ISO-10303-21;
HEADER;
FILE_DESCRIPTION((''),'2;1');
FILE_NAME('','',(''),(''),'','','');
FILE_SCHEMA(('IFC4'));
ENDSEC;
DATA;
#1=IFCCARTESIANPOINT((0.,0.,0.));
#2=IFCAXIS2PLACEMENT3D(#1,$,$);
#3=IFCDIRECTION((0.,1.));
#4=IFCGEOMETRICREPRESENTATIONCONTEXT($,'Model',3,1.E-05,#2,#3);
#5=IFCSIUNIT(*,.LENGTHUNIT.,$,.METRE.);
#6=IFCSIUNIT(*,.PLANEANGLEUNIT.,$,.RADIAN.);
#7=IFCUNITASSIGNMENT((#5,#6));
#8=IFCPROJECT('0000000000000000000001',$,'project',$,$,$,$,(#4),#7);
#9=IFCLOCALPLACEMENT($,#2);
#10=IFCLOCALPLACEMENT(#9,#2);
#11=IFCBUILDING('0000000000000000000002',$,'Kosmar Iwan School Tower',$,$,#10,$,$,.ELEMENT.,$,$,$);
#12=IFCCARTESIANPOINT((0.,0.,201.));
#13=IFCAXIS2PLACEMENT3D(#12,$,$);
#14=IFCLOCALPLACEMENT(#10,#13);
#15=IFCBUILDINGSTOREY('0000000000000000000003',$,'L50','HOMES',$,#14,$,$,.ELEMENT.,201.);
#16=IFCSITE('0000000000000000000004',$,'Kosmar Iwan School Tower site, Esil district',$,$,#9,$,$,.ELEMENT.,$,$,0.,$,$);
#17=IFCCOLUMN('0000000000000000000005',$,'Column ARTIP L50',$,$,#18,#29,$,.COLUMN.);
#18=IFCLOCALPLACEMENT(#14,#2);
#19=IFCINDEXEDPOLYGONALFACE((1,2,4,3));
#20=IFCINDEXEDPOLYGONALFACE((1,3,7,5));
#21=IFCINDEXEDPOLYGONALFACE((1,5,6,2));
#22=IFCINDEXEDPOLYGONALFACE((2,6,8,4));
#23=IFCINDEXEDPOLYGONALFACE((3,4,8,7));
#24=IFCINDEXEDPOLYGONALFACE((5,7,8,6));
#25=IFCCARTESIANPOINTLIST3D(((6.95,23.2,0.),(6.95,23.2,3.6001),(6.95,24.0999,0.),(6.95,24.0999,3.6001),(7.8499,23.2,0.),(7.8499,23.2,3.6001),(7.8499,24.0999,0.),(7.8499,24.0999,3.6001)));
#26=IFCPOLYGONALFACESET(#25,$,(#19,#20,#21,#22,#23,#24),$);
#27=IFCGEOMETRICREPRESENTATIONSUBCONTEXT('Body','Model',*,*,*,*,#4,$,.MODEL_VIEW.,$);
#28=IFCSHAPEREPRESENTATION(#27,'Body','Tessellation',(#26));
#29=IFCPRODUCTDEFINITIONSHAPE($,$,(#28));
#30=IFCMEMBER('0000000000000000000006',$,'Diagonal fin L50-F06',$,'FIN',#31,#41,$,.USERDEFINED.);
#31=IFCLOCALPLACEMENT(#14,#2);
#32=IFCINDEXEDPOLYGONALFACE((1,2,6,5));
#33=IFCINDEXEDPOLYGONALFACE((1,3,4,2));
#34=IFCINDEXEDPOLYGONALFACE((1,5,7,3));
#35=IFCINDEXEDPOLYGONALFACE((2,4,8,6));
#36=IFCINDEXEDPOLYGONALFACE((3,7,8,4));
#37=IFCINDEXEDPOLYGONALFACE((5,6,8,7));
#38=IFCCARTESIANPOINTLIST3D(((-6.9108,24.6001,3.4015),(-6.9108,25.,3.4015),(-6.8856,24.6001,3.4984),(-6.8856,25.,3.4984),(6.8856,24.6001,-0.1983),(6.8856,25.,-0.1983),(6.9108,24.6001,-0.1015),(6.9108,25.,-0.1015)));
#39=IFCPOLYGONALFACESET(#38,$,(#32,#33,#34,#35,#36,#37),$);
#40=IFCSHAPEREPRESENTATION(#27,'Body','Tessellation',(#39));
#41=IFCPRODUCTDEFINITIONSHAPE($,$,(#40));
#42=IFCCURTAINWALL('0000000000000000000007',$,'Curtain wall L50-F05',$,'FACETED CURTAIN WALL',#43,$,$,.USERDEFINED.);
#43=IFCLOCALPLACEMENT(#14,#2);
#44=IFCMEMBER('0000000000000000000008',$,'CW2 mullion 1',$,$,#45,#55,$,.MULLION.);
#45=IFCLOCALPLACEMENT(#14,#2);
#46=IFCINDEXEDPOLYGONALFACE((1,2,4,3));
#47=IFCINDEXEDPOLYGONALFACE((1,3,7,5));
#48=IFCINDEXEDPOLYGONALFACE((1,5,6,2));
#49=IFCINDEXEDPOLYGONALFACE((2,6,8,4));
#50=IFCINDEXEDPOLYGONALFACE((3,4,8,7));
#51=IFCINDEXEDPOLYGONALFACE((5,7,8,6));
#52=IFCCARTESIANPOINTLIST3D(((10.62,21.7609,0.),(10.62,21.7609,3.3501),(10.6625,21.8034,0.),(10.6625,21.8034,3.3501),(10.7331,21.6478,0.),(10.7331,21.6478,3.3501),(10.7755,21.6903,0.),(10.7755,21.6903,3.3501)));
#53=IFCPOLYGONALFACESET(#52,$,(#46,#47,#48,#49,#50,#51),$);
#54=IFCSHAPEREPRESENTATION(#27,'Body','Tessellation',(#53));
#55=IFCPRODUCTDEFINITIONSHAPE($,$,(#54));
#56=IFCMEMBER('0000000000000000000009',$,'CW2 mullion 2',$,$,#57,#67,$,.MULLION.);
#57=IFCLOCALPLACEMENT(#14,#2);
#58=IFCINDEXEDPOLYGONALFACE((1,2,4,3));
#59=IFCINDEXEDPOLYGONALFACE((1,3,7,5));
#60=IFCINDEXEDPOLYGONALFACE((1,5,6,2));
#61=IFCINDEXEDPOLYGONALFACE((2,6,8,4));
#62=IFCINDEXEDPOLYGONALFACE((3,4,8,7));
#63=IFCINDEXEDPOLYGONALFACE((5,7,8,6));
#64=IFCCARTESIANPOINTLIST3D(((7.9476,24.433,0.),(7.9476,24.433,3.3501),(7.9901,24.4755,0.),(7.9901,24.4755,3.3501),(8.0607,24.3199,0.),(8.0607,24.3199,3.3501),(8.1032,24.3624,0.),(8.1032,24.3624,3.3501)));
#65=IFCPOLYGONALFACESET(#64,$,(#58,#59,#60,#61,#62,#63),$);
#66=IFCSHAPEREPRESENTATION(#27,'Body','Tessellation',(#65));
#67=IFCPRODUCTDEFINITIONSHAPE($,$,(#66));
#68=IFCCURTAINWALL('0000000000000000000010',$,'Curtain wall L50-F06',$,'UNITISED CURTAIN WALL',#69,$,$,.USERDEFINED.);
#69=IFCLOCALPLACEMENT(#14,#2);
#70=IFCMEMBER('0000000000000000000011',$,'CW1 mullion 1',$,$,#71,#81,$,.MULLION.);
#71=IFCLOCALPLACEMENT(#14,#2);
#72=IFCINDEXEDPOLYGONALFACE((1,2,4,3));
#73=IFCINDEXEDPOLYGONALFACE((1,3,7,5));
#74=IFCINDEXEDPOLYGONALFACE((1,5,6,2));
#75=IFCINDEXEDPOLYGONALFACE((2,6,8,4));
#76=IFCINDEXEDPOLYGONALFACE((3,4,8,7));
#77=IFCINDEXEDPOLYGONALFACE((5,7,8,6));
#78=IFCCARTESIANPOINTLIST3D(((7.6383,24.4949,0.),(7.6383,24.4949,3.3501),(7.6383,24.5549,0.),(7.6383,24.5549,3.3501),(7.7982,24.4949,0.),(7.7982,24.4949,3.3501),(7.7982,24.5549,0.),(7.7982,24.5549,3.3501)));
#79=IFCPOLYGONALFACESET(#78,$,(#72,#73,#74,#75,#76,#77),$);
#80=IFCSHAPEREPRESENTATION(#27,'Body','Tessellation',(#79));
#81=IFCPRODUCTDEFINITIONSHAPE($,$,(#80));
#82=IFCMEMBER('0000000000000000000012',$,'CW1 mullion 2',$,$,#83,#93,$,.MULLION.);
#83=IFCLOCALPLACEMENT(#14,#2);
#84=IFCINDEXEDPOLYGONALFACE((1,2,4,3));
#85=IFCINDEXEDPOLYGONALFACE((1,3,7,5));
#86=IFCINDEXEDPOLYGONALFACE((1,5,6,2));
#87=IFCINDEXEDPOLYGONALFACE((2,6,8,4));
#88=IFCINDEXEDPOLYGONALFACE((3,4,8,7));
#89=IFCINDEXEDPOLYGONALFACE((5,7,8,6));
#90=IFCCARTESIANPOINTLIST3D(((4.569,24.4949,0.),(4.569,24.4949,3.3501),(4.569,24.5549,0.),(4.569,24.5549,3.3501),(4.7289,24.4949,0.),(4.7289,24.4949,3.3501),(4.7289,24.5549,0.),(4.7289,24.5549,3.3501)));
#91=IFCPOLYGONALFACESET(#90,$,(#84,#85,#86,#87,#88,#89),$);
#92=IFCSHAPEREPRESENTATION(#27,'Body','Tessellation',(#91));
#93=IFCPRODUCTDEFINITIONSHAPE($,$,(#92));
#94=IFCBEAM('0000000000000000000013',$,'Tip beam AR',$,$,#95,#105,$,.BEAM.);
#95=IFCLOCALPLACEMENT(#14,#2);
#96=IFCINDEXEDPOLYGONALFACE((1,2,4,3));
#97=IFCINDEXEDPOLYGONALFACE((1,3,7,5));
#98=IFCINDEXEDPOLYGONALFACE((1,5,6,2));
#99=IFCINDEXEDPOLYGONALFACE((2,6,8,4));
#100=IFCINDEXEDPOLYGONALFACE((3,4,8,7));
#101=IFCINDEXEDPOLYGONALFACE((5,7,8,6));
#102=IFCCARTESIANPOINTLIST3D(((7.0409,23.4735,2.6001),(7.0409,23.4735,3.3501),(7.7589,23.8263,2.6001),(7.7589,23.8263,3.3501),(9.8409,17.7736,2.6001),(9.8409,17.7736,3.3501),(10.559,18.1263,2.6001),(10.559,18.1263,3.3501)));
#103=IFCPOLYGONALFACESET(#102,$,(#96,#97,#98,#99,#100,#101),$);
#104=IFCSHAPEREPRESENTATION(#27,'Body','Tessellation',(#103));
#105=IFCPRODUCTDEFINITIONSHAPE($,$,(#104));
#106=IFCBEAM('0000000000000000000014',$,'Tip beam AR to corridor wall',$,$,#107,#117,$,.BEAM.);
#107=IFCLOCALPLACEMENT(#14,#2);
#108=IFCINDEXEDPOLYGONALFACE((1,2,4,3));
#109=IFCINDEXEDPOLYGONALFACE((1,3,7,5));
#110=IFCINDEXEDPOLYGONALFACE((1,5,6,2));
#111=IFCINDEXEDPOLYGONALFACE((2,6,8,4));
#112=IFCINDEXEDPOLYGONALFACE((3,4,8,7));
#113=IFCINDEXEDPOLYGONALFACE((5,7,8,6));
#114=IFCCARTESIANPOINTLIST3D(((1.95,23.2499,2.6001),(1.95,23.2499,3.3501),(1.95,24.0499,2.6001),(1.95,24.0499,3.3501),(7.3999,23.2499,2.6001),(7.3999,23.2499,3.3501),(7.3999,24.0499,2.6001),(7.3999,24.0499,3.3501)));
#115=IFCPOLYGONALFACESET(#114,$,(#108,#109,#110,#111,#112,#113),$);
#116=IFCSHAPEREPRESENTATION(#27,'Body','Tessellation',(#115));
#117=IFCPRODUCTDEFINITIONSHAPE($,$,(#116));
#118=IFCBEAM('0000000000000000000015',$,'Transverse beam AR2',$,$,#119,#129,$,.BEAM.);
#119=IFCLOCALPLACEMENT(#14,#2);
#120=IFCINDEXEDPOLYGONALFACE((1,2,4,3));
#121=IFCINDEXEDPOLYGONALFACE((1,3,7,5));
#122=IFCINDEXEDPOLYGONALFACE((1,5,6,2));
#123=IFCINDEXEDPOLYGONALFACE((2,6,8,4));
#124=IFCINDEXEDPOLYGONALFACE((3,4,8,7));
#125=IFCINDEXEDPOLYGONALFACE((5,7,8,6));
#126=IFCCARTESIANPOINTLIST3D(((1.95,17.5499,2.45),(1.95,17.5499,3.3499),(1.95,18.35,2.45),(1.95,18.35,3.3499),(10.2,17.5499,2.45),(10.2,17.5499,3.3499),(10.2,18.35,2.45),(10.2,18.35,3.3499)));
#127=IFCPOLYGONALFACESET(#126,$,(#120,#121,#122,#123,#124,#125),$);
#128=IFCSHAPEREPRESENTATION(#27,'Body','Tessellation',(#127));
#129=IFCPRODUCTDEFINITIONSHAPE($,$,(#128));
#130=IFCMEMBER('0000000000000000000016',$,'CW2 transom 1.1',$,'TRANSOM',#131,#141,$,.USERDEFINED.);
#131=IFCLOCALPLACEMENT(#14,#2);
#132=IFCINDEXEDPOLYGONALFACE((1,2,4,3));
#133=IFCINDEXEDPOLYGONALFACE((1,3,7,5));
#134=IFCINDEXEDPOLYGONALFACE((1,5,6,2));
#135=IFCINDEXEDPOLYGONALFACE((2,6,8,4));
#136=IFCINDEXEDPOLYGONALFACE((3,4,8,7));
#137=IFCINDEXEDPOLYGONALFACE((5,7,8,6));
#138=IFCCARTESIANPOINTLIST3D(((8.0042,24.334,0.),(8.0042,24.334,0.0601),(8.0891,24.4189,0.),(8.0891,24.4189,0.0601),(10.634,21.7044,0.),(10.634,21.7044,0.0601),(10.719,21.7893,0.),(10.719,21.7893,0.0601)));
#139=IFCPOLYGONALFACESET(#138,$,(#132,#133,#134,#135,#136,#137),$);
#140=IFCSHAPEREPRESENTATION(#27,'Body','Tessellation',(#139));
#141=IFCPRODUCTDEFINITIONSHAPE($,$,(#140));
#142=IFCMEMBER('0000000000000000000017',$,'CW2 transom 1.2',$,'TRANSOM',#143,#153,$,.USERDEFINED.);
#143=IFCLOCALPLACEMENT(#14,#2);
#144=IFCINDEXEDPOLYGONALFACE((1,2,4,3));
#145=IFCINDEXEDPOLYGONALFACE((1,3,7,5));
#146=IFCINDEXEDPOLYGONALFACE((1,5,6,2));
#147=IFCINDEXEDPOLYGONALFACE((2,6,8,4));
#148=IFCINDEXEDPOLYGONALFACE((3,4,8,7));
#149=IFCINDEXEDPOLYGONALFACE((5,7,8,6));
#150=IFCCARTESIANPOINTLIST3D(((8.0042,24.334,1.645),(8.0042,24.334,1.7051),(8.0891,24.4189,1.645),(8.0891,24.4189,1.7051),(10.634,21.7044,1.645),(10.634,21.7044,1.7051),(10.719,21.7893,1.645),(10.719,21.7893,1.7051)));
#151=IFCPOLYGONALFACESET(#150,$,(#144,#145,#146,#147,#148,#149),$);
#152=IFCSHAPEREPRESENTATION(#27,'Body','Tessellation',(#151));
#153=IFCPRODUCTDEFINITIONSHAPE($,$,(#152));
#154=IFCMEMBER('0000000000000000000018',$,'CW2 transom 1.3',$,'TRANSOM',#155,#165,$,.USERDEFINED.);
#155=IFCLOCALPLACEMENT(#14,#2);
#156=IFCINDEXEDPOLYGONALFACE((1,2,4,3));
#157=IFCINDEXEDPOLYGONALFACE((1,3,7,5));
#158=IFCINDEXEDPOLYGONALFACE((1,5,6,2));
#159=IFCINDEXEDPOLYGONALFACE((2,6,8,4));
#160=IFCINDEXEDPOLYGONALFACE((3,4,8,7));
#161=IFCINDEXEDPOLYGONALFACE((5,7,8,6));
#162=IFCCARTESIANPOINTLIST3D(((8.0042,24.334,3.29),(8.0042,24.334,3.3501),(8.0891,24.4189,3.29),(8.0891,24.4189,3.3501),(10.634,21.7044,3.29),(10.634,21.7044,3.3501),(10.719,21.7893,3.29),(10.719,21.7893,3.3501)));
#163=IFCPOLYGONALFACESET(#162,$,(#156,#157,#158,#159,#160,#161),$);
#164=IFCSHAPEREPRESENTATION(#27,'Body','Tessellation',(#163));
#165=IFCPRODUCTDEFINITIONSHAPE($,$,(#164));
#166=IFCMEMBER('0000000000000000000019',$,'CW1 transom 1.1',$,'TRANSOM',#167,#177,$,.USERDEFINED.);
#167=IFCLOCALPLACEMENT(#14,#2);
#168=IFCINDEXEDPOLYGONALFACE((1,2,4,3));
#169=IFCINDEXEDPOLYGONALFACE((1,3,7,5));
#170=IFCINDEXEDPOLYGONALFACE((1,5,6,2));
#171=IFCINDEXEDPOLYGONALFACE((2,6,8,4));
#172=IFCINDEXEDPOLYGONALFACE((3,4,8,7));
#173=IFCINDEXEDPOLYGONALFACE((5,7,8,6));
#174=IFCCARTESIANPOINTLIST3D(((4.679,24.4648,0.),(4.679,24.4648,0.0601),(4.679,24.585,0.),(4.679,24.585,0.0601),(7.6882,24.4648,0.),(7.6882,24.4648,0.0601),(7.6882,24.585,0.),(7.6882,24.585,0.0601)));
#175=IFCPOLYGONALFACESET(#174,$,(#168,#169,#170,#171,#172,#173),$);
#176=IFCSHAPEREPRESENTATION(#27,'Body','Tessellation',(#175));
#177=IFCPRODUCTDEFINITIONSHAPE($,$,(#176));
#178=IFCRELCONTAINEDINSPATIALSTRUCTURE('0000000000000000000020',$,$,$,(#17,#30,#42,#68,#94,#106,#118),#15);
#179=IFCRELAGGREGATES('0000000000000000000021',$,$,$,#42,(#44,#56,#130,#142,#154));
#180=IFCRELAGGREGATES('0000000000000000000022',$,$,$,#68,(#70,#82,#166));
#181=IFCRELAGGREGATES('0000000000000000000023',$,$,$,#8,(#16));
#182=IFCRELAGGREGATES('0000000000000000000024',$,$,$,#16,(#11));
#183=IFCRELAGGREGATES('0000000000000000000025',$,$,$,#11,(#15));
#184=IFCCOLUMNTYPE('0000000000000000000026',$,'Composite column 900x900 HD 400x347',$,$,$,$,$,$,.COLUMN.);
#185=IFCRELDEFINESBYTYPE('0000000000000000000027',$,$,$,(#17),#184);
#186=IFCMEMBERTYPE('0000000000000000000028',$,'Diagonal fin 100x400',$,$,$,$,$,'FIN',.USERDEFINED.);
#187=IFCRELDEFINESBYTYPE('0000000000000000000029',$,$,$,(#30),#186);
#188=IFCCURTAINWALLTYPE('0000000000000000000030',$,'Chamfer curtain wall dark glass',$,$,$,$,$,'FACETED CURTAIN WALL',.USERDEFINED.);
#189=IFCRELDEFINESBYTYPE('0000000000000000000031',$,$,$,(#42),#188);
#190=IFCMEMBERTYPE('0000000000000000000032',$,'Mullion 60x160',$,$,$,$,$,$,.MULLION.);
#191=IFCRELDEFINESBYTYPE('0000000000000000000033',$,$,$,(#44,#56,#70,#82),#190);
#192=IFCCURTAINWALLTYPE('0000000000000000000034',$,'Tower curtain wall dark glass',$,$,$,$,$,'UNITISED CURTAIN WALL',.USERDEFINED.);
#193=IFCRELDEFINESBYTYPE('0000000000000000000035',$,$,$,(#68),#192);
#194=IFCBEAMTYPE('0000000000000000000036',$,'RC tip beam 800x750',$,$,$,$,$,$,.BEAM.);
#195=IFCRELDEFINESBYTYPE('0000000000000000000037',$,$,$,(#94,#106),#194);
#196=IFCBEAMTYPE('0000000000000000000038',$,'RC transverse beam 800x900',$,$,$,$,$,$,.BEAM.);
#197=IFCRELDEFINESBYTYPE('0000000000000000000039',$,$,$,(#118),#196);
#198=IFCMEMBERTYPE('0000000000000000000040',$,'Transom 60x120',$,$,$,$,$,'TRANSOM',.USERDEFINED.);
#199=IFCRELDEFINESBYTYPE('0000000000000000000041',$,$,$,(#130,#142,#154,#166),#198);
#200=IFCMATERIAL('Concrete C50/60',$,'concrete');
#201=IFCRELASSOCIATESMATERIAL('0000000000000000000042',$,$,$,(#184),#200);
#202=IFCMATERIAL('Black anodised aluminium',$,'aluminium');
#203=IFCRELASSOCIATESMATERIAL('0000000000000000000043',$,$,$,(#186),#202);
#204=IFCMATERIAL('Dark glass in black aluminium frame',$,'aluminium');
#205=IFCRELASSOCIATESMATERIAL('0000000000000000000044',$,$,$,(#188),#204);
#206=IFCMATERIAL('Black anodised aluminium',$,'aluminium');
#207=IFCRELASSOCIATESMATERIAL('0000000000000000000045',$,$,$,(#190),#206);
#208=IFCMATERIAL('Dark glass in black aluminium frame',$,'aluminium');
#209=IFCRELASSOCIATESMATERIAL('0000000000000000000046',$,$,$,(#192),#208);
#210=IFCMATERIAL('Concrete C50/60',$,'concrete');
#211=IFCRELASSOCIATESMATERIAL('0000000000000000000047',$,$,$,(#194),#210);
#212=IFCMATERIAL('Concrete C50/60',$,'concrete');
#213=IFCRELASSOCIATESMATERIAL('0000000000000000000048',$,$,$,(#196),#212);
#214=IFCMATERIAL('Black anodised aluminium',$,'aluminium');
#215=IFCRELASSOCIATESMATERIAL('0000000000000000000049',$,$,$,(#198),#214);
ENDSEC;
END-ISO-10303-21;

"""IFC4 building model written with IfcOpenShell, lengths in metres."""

from ifc_helpers import new_model, si_unit, direction, frame, origin, origin_2d, place, context, subcontext, project, spatial, rectangle, extrude, material, material_profile, profile_set, type_object, element, aggregate, save


model = new_model("IFC4")

# Units and contexts
model_context = context("Model", 3, precision=1e-05, world=origin(), true_north=direction((0.0, 1.0)))
body_context = subcontext(model_context, "Body", "Model", "MODEL_VIEW")
ifc_project = project(units=[si_unit("LENGTHUNIT", "METRE"), si_unit("PLANEANGLEUNIT", "RADIAN")], contexts=[model_context])

# Site, building, storey
site_placement = place(None, origin())
site = spatial("IfcSite", under=ifc_project, at=site_placement, Name="Kosmar Iwan School Tower site, Esil district", CompositionType="ELEMENT", RefElevation=0.0)
building_placement = place(site_placement, origin())
building = spatial("IfcBuilding", under=site, at=building_placement, Name="Kosmar Iwan School Tower", CompositionType="ELEMENT")
storey_placement = place(building_placement, frame((0.0, 0.0, 201.0)))
storey = spatial("IfcBuildingStorey", under=building, at=storey_placement, Name="L50", Description="HOMES", CompositionType="ELEMENT", Elevation=201.0)

# Column
ifc_material_1 = material(Name="Concrete C50/60", Category="concrete")
ifc_material_profile_1 = material_profile(ifc_material_1, rectangle(XDim=0.8999, YDim=0.8999, at=origin_2d()), Name="RC 900x900 + HD 400x347")
ifc_profile_set_1 = profile_set([ifc_material_profile_1], Name="Concrete C50/60")
column_type = type_object("IfcColumnType", Name="Composite column 900x900 HD 400x347", PredefinedType="COLUMN", material=ifc_profile_set_1)
column_placement = place(storey_placement, frame((7.3999, 23.6499, 0.0), z_axis=(0.0, 0.0, 1.0), x_axis=(0.0, 1.0, 0.0)))
element("IfcColumn", 1, at=column_placement, inside=storey, type_object=column_type, Name="Column ARTIP L50", PredefinedType="COLUMN", context=body_context, shape_type="SweptSolid", body=[
    extrude(rectangle(XDim=0.8999, YDim=0.8999, at=origin_2d()), origin(), (0.0, 0.0, 1.0), 3.6001),
])

# Member
ifc_material_2 = material(Name="Black anodised aluminium", Category="aluminium")
ifc_material_profile_2 = material_profile(ifc_material_2, rectangle(XDim=0.1001, YDim=0.3999, at=origin_2d()), Name="FIN 100x400")
ifc_profile_set_2 = profile_set([ifc_material_profile_2], Name="Black anodised aluminium")
member_type_1 = type_object("IfcMemberType", Name="Diagonal fin 100x400", ElementType="FIN", PredefinedType="USERDEFINED", material=ifc_profile_set_2)
member_1_placement = place(storey_placement, frame((6.8982, 24.8, -0.1499), z_axis=(-0.967604, 0.0, 0.252474), x_axis=(0.252474, 0.0, 0.967604)))
element("IfcMember", 2, at=member_1_placement, inside=storey, type_object=member_type_1, Name="Diagonal fin L50-F06", ObjectType="FIN", PredefinedType="USERDEFINED", context=body_context, shape_type="SweptSolid", body=[
    extrude(rectangle(XDim=0.1001, YDim=0.3999, at=origin_2d()), origin(), (0.0, 0.0, 1.0), 14.2583),
])

# Curtain walls, members
ifc_material_3 = material(Name="Dark glass in black aluminium frame", Category="aluminium")
curtain_wall_type_1 = type_object("IfcCurtainWallType", Name="Chamfer curtain wall dark glass", ElementType="FACETED CURTAIN WALL", PredefinedType="USERDEFINED", material=ifc_material_3)
curtain_wall_1_placement = place(storey_placement, origin())
curtain_wall_1 = element("IfcCurtainWall", 3, at=curtain_wall_1_placement, inside=storey, type_object=curtain_wall_type_1, Name="Curtain wall L50-F05", ObjectType="FACETED CURTAIN WALL", PredefinedType="USERDEFINED")
ifc_material_4 = material(Name="Black anodised aluminium", Category="aluminium")
ifc_material_profile_3 = material_profile(ifc_material_4, rectangle(XDim=0.0601, YDim=0.1599, at=origin_2d()), Name="MULLION 60x160")
ifc_profile_set_3 = profile_set([ifc_material_profile_3], Name="Black anodised aluminium")
member_type_2 = type_object("IfcMemberType", Name="Mullion 60x160", PredefinedType="MULLION", material=ifc_profile_set_3)
member_2_placement = place(storey_placement, frame((10.6978, 21.7256, 0.0), z_axis=(0.0, 0.0, 1.0), x_axis=(-0.707107, -0.707107, 0.0)))
member_2 = element("IfcMember", 4, at=member_2_placement, type_object=member_type_2, Name="CW2 mullion 1", PredefinedType="MULLION", context=body_context, shape_type="SweptSolid", body=[
    extrude(rectangle(XDim=0.0601, YDim=0.1599, at=origin_2d()), origin(), (0.0, 0.0, 1.0), 3.3501),
])
member_3_placement = place(storey_placement, frame((8.0254, 24.3977, 0.0), z_axis=(0.0, 0.0, 1.0), x_axis=(-0.707107, -0.707107, 0.0)))
member_3 = element("IfcMember", 5, at=member_3_placement, type_object=member_type_2, Name="CW2 mullion 2", PredefinedType="MULLION", context=body_context, shape_type="SweptSolid", body=[
    extrude(rectangle(XDim=0.0601, YDim=0.1599, at=origin_2d()), origin(), (0.0, 0.0, 1.0), 3.3501),
])
ifc_material_5 = material(Name="Dark glass in black aluminium frame", Category="aluminium")
curtain_wall_type_2 = type_object("IfcCurtainWallType", Name="Tower curtain wall dark glass", ElementType="UNITISED CURTAIN WALL", PredefinedType="USERDEFINED", material=ifc_material_5)
curtain_wall_2_placement = place(storey_placement, origin())
curtain_wall_2 = element("IfcCurtainWall", 6, at=curtain_wall_2_placement, inside=storey, type_object=curtain_wall_type_2, Name="Curtain wall L50-F06", ObjectType="UNITISED CURTAIN WALL", PredefinedType="USERDEFINED")
member_4_placement = place(storey_placement, frame((7.7183, 24.5249, 0.0), z_axis=(0.0, 0.0, 1.0), x_axis=(0.0, -1.0, 0.0)))
member_4 = element("IfcMember", 7, at=member_4_placement, type_object=member_type_2, Name="CW1 mullion 1", PredefinedType="MULLION", context=body_context, shape_type="SweptSolid", body=[
    extrude(rectangle(XDim=0.0601, YDim=0.1599, at=origin_2d()), origin(), (0.0, 0.0, 1.0), 3.3501),
])
member_5_placement = place(storey_placement, frame((4.6489, 24.5249, 0.0), z_axis=(0.0, 0.0, 1.0), x_axis=(0.0, -1.0, 0.0)))
member_5 = element("IfcMember", 8, at=member_5_placement, type_object=member_type_2, Name="CW1 mullion 2", PredefinedType="MULLION", context=body_context, shape_type="SweptSolid", body=[
    extrude(rectangle(XDim=0.0601, YDim=0.1599, at=origin_2d()), origin(), (0.0, 0.0, 1.0), 3.3501),
])

# Beams
ifc_material_6 = material(Name="Concrete C50/60", Category="concrete")
ifc_material_profile_4 = material_profile(ifc_material_6, rectangle(XDim=0.8, YDim=0.75, at=origin_2d()), Name="RC 800x750")
ifc_profile_set_4 = profile_set([ifc_material_profile_4], Name="Concrete C50/60")
beam_type_1 = type_object("IfcBeamType", Name="RC tip beam 800x750", PredefinedType="BEAM", material=ifc_profile_set_4)
beam_1_placement = place(storey_placement, frame((10.2, 17.95, 2.9751), z_axis=(-0.440913, 0.89755, 0.0), x_axis=(-0.89755, -0.440913, 0.0)))
element("IfcBeam", 9, at=beam_1_placement, inside=storey, type_object=beam_type_1, Name="Tip beam AR", PredefinedType="BEAM", context=body_context, shape_type="SweptSolid", body=[
    extrude(rectangle(XDim=0.8, YDim=0.75, at=origin_2d()), origin(), (0.0, 0.0, 1.0), 6.3506),
])
beam_2_placement = place(storey_placement, frame((7.3999, 23.6499, 2.9751), z_axis=(-1.0, 0.0, 0.0), x_axis=(0.0, -1.0, 0.0)))
element("IfcBeam", 10, at=beam_2_placement, inside=storey, type_object=beam_type_1, Name="Tip beam AR to corridor wall", PredefinedType="BEAM", context=body_context, shape_type="SweptSolid", body=[
    extrude(rectangle(XDim=0.8, YDim=0.75, at=origin_2d()), origin(), (0.0, 0.0, 1.0), 5.45),
])
ifc_material_7 = material(Name="Concrete C50/60", Category="concrete")
ifc_material_profile_5 = material_profile(ifc_material_7, rectangle(XDim=0.8, YDim=0.8999, at=origin_2d()), Name="RC 800x900")
ifc_profile_set_5 = profile_set([ifc_material_profile_5], Name="Concrete C50/60")
beam_type_2 = type_object("IfcBeamType", Name="RC transverse beam 800x900", PredefinedType="BEAM", material=ifc_profile_set_5)
beam_3_placement = place(storey_placement, frame((10.2, 17.95, 2.8999), z_axis=(-1.0, 0.0, 0.0), x_axis=(0.0, -1.0, 0.0)))
element("IfcBeam", 11, at=beam_3_placement, inside=storey, type_object=beam_type_2, Name="Transverse beam AR2", PredefinedType="BEAM", context=body_context, shape_type="SweptSolid", body=[
    extrude(rectangle(XDim=0.8, YDim=0.8999, at=origin_2d()), origin(), (0.0, 0.0, 1.0), 8.25),
])

# Members
ifc_material_8 = material(Name="Black anodised aluminium", Category="aluminium")
ifc_material_profile_6 = material_profile(ifc_material_8, rectangle(XDim=0.1201, YDim=0.0601, at=origin_2d()), Name="TRANSOM 60x120")
ifc_profile_set_6 = profile_set([ifc_material_profile_6], Name="Black anodised aluminium")
member_type_3 = type_object("IfcMemberType", Name="Transom 60x120", ElementType="TRANSOM", PredefinedType="USERDEFINED", material=ifc_profile_set_6)
member_6_placement = place(storey_placement, frame((10.6765, 21.7468, 0.03), z_axis=(-0.70714, 0.707074, 0.0), x_axis=(-0.707074, -0.70714, 0.0)))
member_6 = element("IfcMember", 12, at=member_6_placement, type_object=member_type_3, Name="CW2 transom 1.1", ObjectType="TRANSOM", PredefinedType="USERDEFINED", context=body_context, shape_type="SweptSolid", body=[
    extrude(rectangle(XDim=0.1201, YDim=0.0601, at=origin_2d()), origin(), (0.0, 0.0, 1.0), 3.719),
])
member_7_placement = place(storey_placement, frame((10.6765, 21.7468, 1.675), z_axis=(-0.70714, 0.707074, 0.0), x_axis=(-0.707074, -0.70714, 0.0)))
member_7 = element("IfcMember", 13, at=member_7_placement, type_object=member_type_3, Name="CW2 transom 1.2", ObjectType="TRANSOM", PredefinedType="USERDEFINED", context=body_context, shape_type="SweptSolid", body=[
    extrude(rectangle(XDim=0.1201, YDim=0.0601, at=origin_2d()), origin(), (0.0, 0.0, 1.0), 3.719),
])
member_8_placement = place(storey_placement, frame((10.6765, 21.7468, 3.3201), z_axis=(-0.70714, 0.707074, 0.0), x_axis=(-0.707074, -0.70714, 0.0)))
member_8 = element("IfcMember", 14, at=member_8_placement, type_object=member_type_3, Name="CW2 transom 1.3", ObjectType="TRANSOM", PredefinedType="USERDEFINED", context=body_context, shape_type="SweptSolid", body=[
    extrude(rectangle(XDim=0.1201, YDim=0.0601, at=origin_2d()), origin(), (0.0, 0.0, 1.0), 3.719),
])
member_9_placement = place(storey_placement, frame((7.6882, 24.5249, 0.03), z_axis=(-1.0, 0.0, 0.0), x_axis=(0.0, -1.0, 0.0)))
member_9 = element("IfcMember", 15, at=member_9_placement, type_object=member_type_3, Name="CW1 transom 1.1", ObjectType="TRANSOM", PredefinedType="USERDEFINED", context=body_context, shape_type="SweptSolid", body=[
    extrude(rectangle(XDim=0.1201, YDim=0.0601, at=origin_2d()), origin(), (0.0, 0.0, 1.0), 3.0093),
])

aggregate(curtain_wall_1, [member_2, member_3, member_6, member_7, member_8])
aggregate(curtain_wall_2, [member_4, member_5, member_9])

save(model, "model.ifc")
